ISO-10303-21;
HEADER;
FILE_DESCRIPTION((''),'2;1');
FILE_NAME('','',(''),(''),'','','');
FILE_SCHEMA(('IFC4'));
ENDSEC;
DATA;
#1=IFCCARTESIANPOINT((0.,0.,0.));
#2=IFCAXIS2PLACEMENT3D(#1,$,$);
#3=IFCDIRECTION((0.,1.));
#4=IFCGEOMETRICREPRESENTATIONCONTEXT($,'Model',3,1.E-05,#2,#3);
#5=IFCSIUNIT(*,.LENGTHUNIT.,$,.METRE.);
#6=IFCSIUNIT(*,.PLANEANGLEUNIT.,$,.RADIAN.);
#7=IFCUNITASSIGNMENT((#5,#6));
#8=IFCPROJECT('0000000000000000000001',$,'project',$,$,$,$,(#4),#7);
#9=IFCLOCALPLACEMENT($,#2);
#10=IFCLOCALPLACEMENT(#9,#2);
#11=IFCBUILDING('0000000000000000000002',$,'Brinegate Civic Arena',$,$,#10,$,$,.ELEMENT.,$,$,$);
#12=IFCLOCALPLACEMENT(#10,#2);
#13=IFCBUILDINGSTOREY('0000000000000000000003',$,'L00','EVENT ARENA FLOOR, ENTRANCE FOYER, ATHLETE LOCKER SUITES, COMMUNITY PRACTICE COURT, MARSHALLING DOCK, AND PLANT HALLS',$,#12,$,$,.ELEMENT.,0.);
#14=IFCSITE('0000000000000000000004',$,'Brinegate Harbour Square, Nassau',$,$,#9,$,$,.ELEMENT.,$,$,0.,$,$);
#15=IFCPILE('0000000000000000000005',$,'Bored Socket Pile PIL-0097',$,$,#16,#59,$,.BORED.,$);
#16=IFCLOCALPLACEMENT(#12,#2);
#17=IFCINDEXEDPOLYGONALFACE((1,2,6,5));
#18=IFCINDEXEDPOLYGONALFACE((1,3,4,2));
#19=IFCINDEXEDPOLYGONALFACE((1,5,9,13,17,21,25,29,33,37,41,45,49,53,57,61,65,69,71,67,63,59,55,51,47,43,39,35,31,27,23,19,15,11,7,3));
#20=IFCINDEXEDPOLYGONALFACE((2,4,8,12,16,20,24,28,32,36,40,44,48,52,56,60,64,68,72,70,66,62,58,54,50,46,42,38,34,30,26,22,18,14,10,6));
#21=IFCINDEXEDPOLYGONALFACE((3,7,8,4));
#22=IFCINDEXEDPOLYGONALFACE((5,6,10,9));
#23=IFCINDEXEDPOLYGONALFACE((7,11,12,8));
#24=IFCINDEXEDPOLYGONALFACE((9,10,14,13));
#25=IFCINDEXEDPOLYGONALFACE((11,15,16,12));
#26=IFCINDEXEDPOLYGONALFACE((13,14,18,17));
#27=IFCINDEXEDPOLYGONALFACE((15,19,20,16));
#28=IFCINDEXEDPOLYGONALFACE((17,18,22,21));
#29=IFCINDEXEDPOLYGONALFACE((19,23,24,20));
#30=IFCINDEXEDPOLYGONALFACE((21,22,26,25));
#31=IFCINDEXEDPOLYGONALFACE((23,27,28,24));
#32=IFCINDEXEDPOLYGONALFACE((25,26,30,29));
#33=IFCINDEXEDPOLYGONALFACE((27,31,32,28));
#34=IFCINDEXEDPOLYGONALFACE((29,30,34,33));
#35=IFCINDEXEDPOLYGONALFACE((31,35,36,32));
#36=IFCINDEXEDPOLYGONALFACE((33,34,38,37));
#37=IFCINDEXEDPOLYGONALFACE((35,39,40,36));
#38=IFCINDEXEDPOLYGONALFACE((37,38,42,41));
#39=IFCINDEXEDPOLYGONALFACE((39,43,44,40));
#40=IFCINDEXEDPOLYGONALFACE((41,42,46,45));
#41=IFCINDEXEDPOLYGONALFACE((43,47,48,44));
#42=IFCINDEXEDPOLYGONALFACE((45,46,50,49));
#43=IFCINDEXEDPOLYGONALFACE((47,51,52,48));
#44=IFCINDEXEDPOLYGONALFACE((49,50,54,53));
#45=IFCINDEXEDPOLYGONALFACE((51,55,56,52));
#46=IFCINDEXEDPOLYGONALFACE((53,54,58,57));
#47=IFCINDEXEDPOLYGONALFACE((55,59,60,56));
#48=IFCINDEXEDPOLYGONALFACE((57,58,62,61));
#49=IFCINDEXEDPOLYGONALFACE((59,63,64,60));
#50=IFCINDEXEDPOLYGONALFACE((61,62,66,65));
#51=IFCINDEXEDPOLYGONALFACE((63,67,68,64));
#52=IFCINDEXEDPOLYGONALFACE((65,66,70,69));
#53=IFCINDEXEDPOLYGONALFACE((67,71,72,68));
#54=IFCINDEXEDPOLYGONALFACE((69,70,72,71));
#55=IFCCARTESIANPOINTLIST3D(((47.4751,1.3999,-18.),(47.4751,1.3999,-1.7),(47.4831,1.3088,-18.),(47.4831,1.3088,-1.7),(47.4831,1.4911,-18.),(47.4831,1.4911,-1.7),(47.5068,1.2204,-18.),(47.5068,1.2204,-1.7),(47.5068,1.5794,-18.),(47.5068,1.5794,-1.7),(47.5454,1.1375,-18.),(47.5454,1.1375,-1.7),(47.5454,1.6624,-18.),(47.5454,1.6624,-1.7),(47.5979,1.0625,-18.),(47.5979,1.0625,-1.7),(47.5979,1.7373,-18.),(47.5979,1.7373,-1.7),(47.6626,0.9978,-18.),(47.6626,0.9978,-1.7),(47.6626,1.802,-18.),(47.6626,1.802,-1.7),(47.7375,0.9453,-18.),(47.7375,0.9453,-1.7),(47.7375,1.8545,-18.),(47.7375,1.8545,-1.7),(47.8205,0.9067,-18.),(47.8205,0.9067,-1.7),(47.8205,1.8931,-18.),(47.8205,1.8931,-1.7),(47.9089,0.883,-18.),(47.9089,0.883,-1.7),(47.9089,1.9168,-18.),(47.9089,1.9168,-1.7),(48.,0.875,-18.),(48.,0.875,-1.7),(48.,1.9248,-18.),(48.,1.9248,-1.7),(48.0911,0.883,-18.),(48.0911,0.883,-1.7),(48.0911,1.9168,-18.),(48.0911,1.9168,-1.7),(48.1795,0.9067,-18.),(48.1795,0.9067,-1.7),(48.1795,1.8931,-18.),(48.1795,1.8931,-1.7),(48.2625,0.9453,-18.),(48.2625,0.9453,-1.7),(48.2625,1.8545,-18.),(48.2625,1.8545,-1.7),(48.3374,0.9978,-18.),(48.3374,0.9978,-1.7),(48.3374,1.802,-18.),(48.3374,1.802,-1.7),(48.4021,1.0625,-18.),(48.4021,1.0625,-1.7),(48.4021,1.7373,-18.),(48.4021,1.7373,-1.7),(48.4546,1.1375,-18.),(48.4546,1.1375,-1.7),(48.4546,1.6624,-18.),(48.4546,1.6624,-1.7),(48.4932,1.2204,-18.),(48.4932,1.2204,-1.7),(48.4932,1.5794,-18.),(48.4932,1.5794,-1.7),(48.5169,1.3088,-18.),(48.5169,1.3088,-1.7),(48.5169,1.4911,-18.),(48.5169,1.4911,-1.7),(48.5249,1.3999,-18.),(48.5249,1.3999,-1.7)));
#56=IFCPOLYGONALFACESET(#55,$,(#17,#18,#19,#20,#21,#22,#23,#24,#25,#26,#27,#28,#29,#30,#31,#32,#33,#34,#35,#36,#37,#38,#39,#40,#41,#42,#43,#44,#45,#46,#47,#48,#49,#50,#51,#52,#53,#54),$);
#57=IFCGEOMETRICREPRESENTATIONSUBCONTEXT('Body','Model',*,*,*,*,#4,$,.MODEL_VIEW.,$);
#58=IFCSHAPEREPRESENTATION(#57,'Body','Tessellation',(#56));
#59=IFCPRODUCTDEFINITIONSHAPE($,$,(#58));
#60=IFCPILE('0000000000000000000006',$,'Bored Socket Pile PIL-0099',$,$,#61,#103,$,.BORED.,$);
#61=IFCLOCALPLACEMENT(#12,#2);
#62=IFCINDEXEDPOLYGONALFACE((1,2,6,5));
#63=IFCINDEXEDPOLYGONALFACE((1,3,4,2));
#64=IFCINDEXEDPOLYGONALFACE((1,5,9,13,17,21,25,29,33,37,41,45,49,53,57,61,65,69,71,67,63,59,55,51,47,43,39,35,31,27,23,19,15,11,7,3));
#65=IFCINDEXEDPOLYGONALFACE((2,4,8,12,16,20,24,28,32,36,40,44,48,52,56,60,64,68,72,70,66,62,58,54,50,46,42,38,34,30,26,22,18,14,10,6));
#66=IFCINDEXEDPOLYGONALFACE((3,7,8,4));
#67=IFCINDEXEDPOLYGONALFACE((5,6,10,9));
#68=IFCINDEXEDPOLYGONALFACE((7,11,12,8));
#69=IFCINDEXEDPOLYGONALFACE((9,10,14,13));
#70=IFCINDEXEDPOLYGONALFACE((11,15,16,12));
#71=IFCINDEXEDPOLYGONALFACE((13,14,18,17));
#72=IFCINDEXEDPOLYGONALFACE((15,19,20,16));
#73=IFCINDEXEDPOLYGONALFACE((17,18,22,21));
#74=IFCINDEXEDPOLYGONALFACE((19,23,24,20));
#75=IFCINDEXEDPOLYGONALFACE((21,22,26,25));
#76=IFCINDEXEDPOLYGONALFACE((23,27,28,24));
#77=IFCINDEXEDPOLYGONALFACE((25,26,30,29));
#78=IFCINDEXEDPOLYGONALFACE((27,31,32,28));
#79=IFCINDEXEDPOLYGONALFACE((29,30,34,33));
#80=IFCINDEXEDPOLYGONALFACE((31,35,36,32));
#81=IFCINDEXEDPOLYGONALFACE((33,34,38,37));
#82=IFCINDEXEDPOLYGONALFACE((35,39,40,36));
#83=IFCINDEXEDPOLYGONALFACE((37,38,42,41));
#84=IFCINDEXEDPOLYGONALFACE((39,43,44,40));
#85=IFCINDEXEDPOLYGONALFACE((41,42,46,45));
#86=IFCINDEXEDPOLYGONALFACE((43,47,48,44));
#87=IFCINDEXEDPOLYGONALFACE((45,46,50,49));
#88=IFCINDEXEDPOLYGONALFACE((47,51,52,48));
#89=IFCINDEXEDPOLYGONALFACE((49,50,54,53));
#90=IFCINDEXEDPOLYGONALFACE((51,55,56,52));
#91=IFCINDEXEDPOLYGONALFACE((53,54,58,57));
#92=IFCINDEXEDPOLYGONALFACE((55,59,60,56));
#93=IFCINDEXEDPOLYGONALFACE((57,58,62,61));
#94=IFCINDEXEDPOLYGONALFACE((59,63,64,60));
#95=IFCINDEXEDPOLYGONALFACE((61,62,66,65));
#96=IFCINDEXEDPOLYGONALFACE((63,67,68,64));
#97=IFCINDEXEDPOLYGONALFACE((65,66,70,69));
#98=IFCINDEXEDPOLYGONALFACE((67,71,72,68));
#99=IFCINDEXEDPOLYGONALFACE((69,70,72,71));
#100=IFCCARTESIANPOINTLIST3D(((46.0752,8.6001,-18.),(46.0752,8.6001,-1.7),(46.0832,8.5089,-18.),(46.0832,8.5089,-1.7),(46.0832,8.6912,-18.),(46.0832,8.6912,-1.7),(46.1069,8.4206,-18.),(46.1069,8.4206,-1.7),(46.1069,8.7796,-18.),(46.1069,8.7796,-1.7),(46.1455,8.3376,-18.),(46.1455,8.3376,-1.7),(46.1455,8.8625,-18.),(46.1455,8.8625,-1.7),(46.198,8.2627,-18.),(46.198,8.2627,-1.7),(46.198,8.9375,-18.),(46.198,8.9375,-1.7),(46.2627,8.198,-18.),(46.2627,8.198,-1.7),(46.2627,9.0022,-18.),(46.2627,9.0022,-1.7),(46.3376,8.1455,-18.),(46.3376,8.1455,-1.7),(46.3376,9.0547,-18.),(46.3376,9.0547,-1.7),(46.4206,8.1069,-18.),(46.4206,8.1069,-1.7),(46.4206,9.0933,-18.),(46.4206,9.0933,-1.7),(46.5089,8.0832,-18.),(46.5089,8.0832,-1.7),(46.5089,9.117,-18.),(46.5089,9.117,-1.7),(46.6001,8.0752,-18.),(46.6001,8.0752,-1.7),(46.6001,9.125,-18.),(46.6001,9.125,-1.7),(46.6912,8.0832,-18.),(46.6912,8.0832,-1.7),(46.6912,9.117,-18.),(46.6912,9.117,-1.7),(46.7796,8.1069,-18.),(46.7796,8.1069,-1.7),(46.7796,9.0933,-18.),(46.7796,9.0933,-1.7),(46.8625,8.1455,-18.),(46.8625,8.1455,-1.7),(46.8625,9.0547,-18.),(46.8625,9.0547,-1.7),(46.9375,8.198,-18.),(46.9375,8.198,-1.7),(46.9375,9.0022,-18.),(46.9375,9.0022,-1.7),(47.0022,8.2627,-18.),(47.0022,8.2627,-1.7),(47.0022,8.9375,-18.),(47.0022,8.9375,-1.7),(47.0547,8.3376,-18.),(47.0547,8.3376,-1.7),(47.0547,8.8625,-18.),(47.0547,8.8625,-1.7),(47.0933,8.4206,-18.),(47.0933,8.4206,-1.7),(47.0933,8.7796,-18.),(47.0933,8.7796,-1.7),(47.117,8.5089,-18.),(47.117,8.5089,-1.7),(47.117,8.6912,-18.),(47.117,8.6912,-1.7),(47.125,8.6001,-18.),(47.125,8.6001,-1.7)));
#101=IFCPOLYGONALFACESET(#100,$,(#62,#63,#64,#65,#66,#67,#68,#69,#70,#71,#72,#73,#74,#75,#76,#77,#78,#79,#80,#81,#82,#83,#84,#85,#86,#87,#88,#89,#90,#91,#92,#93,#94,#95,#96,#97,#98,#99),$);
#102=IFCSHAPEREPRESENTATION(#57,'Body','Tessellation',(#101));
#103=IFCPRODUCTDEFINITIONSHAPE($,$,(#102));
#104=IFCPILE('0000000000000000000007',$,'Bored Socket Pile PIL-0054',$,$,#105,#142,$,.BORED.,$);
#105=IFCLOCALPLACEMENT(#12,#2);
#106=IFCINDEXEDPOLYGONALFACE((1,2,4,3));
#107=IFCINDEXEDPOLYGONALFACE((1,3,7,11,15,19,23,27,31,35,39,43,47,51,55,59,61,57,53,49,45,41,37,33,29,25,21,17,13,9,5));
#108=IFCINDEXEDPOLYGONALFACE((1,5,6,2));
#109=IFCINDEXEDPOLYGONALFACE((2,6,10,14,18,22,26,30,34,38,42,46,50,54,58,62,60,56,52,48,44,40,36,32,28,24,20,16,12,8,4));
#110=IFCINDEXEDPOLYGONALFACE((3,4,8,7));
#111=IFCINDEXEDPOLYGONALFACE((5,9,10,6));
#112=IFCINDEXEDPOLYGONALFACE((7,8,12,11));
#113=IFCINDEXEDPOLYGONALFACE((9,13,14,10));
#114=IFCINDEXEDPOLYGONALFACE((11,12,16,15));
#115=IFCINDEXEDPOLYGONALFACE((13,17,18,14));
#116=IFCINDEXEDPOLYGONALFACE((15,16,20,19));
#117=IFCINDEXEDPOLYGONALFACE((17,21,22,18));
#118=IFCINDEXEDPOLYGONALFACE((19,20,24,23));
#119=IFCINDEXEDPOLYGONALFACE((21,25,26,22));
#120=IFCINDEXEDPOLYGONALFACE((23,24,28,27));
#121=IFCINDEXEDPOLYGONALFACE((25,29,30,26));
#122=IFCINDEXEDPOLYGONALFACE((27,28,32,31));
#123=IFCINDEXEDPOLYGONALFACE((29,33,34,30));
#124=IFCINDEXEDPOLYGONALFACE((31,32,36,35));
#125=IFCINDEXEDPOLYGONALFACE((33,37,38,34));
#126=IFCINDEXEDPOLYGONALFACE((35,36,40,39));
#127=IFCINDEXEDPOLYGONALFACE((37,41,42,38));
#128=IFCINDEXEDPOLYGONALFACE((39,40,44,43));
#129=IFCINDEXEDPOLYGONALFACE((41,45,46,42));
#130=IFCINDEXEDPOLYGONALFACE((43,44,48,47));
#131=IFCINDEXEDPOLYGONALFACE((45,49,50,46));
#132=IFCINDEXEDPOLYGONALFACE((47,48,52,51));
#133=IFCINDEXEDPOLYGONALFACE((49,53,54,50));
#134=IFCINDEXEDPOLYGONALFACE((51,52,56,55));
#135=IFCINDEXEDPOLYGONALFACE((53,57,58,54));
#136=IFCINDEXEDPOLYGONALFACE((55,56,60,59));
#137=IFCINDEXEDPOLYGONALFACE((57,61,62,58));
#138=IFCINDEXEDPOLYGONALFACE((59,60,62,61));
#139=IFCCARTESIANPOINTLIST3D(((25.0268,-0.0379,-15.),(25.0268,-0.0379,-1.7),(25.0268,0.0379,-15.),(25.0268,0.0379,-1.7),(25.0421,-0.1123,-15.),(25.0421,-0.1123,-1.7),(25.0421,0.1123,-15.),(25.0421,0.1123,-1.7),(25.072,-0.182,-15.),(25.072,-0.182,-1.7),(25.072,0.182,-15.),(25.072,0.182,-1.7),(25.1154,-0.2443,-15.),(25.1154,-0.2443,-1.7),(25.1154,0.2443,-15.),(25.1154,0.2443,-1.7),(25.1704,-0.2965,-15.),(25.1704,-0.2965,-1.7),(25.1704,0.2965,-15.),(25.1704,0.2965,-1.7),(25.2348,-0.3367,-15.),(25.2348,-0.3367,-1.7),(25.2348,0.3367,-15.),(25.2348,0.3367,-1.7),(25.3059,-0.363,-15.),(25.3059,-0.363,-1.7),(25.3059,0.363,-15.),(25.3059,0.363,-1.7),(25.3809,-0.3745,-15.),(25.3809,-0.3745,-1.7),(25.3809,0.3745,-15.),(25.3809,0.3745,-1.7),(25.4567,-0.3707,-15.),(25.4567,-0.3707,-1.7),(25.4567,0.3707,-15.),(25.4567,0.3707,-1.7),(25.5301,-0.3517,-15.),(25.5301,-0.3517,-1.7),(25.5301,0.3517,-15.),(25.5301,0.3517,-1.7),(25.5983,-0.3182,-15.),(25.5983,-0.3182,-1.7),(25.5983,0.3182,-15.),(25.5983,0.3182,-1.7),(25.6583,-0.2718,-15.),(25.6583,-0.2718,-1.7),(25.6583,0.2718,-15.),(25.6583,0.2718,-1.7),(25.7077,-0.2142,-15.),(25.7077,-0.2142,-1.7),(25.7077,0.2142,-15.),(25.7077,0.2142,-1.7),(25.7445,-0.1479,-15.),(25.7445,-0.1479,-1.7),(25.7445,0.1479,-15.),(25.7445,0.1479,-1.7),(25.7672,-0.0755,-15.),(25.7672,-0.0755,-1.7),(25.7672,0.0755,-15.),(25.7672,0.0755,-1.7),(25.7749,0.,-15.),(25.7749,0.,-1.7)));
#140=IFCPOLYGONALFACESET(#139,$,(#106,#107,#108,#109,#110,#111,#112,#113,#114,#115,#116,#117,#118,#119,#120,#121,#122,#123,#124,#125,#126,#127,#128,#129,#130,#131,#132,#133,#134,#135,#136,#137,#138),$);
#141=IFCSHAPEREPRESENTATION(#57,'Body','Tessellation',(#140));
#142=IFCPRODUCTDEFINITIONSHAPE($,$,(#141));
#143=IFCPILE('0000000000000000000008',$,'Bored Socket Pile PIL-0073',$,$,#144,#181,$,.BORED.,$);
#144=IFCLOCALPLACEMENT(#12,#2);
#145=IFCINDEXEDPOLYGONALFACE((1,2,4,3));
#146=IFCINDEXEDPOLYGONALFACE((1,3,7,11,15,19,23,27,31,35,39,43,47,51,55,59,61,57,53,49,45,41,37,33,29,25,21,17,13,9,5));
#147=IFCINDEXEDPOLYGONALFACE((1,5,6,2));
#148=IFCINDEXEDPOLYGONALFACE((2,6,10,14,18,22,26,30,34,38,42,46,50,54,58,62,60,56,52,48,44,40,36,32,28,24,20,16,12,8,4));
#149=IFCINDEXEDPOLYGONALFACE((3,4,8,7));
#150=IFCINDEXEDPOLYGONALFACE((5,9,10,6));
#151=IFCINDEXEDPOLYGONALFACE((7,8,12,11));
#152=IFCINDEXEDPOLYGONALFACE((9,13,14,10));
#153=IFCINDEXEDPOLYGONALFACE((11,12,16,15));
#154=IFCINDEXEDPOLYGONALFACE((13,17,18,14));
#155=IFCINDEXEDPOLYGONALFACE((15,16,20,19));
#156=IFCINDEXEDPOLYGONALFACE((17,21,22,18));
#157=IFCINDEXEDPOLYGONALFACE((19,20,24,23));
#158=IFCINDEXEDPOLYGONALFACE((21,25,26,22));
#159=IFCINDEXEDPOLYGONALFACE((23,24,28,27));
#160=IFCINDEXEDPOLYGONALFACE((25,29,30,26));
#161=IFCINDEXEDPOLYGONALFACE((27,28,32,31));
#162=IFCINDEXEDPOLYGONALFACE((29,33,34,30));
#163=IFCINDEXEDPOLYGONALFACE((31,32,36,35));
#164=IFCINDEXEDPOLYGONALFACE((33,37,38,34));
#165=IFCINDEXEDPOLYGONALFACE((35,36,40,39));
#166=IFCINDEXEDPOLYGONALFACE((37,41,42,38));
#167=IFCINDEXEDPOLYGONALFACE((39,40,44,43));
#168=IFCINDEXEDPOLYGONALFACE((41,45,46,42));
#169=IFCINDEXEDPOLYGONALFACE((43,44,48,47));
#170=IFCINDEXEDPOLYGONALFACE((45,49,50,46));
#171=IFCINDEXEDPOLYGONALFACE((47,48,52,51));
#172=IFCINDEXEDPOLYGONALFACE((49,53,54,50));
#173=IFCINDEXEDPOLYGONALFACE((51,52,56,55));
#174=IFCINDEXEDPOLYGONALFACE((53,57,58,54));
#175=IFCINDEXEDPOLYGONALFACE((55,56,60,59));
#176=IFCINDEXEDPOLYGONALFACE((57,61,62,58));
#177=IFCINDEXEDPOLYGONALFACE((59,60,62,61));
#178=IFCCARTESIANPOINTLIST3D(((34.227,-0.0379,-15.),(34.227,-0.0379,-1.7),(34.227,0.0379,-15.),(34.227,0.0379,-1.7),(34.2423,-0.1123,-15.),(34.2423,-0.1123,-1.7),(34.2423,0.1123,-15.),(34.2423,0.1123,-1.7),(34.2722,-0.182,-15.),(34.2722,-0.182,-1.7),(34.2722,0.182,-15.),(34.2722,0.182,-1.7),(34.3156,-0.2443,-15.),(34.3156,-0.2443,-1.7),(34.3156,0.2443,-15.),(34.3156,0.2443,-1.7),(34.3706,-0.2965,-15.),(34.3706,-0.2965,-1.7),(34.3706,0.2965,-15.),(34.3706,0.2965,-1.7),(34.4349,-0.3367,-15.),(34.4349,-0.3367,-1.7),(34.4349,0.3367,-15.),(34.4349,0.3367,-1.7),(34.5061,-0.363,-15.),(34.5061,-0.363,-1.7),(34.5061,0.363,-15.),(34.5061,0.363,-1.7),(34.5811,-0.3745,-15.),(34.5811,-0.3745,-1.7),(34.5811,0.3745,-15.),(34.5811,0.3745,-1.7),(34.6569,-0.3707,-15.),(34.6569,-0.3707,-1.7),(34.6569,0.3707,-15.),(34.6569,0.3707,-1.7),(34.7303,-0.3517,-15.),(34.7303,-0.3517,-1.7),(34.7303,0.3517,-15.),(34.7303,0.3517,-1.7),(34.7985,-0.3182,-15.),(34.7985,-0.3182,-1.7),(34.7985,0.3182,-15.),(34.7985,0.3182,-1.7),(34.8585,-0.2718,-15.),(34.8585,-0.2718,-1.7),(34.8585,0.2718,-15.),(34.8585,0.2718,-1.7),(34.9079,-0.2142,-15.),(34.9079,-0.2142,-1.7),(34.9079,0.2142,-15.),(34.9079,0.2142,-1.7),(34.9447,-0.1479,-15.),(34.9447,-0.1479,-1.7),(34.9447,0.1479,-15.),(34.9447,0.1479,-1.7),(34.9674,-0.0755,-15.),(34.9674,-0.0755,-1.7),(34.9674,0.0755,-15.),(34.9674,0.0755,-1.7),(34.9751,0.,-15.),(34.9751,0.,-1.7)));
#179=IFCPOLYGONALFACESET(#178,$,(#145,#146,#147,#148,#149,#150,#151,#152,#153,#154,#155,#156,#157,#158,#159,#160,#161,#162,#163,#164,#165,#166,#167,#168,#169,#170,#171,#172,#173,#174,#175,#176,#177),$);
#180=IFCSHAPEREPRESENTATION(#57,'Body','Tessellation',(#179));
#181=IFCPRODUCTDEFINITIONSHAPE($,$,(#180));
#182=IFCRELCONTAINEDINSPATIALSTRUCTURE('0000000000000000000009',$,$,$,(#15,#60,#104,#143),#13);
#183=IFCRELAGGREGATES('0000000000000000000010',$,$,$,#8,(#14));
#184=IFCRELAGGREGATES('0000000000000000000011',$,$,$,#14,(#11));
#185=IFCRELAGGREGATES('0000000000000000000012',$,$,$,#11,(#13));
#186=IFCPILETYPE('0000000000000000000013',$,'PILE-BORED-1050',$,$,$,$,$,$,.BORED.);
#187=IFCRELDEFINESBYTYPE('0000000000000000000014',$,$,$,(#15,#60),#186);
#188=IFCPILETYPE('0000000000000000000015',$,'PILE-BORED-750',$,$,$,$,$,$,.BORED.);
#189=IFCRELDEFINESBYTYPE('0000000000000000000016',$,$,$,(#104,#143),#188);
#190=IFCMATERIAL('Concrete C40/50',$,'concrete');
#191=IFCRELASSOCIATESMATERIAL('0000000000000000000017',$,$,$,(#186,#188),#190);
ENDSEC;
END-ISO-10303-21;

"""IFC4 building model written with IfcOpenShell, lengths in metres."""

from ifc_helpers import new_model, si_unit, direction, frame, origin, origin_2d, place, context, subcontext, project, spatial, circle, extrude, material, material_profile, profile_set, type_object, element, save


model = new_model("IFC4")

# Units and contexts
model_context = context("Model", 3, precision=1e-05, world=origin(), true_north=direction((0.0, 1.0)))
body_context = subcontext(model_context, "Body", "Model", "MODEL_VIEW")
ifc_project = project(units=[si_unit("LENGTHUNIT", "METRE"), si_unit("PLANEANGLEUNIT", "RADIAN")], contexts=[model_context])

# Site, building, storey
site_placement = place(None, origin())
site = spatial("IfcSite", under=ifc_project, at=site_placement, Name="Brinegate Harbour Square, Nassau", CompositionType="ELEMENT", RefElevation=0.0)
building_placement = place(site_placement, origin())
building = spatial("IfcBuilding", under=site, at=building_placement, Name="Brinegate Civic Arena", CompositionType="ELEMENT")
storey_placement = place(building_placement, origin())
storey = spatial("IfcBuildingStorey", under=building, at=storey_placement, Name="L00", Description="EVENT ARENA FLOOR, ENTRANCE FOYER, ATHLETE LOCKER SUITES, COMMUNITY PRACTICE COURT, MARSHALLING DOCK, AND PLANT HALLS", CompositionType="ELEMENT", Elevation=0.0)

# Shared definitions
ifc_material_1 = material(Name="Concrete C40/50", Category="concrete")

# Piles
ifc_material_profile_1 = material_profile(ifc_material_1, circle(Radius=0.5249, at=origin_2d()), Name="PILED1050")
ifc_profile_set_1 = profile_set([ifc_material_profile_1], Name="Concrete C40/50")
pile_type_1 = type_object("IfcPileType", Name="PILE-BORED-1050", PredefinedType="BORED", material=ifc_profile_set_1)
for number, where, z_axis, x_axis, name in (
    (1, (48.0, 1.3999, -1.7), (0.0, 0.0, -1.0), (1.0, 0.0, 0.0), "Bored Socket Pile PIL-0097"),
    (2, (46.6001, 8.6001, -1.7), (0.0, 0.0, -1.0), (1.0, 0.0, 0.0), "Bored Socket Pile PIL-0099"),
):
    element("IfcPile", number, at=place(storey_placement, frame(where, z_axis=z_axis, x_axis=x_axis)), inside=storey, type_object=pile_type_1, Name=name, PredefinedType="BORED", context=body_context, shape_type="SweptSolid", body=[
        extrude(circle(Radius=0.5249, at=origin_2d()), origin(), (0.0, 0.0, 1.0), 16.3),
    ])
ifc_material_profile_2 = material_profile(ifc_material_1, circle(Radius=0.375, at=origin_2d()), Name="PILED750")
ifc_profile_set_2 = profile_set([ifc_material_profile_2], Name="Concrete C40/50")
pile_type_2 = type_object("IfcPileType", Name="PILE-BORED-750", PredefinedType="BORED", material=ifc_profile_set_2)
for number, where, z_axis, x_axis, name in (
    (3, (25.3999, 0.0, -1.7), (0.0, 0.0, -1.0), (1.0, 0.0, 0.0), "Bored Socket Pile PIL-0054"),
    (4, (34.6001, 0.0, -1.7), (0.0, 0.0, -1.0), (1.0, 0.0, 0.0), "Bored Socket Pile PIL-0073"),
):
    element("IfcPile", number, at=place(storey_placement, frame(where, z_axis=z_axis, x_axis=x_axis)), inside=storey, type_object=pile_type_2, Name=name, PredefinedType="BORED", context=body_context, shape_type="SweptSolid", body=[
        extrude(circle(Radius=0.375, at=origin_2d()), origin(), (0.0, 0.0, 1.0), 13.3),
    ])

save(model, "model.ifc")
